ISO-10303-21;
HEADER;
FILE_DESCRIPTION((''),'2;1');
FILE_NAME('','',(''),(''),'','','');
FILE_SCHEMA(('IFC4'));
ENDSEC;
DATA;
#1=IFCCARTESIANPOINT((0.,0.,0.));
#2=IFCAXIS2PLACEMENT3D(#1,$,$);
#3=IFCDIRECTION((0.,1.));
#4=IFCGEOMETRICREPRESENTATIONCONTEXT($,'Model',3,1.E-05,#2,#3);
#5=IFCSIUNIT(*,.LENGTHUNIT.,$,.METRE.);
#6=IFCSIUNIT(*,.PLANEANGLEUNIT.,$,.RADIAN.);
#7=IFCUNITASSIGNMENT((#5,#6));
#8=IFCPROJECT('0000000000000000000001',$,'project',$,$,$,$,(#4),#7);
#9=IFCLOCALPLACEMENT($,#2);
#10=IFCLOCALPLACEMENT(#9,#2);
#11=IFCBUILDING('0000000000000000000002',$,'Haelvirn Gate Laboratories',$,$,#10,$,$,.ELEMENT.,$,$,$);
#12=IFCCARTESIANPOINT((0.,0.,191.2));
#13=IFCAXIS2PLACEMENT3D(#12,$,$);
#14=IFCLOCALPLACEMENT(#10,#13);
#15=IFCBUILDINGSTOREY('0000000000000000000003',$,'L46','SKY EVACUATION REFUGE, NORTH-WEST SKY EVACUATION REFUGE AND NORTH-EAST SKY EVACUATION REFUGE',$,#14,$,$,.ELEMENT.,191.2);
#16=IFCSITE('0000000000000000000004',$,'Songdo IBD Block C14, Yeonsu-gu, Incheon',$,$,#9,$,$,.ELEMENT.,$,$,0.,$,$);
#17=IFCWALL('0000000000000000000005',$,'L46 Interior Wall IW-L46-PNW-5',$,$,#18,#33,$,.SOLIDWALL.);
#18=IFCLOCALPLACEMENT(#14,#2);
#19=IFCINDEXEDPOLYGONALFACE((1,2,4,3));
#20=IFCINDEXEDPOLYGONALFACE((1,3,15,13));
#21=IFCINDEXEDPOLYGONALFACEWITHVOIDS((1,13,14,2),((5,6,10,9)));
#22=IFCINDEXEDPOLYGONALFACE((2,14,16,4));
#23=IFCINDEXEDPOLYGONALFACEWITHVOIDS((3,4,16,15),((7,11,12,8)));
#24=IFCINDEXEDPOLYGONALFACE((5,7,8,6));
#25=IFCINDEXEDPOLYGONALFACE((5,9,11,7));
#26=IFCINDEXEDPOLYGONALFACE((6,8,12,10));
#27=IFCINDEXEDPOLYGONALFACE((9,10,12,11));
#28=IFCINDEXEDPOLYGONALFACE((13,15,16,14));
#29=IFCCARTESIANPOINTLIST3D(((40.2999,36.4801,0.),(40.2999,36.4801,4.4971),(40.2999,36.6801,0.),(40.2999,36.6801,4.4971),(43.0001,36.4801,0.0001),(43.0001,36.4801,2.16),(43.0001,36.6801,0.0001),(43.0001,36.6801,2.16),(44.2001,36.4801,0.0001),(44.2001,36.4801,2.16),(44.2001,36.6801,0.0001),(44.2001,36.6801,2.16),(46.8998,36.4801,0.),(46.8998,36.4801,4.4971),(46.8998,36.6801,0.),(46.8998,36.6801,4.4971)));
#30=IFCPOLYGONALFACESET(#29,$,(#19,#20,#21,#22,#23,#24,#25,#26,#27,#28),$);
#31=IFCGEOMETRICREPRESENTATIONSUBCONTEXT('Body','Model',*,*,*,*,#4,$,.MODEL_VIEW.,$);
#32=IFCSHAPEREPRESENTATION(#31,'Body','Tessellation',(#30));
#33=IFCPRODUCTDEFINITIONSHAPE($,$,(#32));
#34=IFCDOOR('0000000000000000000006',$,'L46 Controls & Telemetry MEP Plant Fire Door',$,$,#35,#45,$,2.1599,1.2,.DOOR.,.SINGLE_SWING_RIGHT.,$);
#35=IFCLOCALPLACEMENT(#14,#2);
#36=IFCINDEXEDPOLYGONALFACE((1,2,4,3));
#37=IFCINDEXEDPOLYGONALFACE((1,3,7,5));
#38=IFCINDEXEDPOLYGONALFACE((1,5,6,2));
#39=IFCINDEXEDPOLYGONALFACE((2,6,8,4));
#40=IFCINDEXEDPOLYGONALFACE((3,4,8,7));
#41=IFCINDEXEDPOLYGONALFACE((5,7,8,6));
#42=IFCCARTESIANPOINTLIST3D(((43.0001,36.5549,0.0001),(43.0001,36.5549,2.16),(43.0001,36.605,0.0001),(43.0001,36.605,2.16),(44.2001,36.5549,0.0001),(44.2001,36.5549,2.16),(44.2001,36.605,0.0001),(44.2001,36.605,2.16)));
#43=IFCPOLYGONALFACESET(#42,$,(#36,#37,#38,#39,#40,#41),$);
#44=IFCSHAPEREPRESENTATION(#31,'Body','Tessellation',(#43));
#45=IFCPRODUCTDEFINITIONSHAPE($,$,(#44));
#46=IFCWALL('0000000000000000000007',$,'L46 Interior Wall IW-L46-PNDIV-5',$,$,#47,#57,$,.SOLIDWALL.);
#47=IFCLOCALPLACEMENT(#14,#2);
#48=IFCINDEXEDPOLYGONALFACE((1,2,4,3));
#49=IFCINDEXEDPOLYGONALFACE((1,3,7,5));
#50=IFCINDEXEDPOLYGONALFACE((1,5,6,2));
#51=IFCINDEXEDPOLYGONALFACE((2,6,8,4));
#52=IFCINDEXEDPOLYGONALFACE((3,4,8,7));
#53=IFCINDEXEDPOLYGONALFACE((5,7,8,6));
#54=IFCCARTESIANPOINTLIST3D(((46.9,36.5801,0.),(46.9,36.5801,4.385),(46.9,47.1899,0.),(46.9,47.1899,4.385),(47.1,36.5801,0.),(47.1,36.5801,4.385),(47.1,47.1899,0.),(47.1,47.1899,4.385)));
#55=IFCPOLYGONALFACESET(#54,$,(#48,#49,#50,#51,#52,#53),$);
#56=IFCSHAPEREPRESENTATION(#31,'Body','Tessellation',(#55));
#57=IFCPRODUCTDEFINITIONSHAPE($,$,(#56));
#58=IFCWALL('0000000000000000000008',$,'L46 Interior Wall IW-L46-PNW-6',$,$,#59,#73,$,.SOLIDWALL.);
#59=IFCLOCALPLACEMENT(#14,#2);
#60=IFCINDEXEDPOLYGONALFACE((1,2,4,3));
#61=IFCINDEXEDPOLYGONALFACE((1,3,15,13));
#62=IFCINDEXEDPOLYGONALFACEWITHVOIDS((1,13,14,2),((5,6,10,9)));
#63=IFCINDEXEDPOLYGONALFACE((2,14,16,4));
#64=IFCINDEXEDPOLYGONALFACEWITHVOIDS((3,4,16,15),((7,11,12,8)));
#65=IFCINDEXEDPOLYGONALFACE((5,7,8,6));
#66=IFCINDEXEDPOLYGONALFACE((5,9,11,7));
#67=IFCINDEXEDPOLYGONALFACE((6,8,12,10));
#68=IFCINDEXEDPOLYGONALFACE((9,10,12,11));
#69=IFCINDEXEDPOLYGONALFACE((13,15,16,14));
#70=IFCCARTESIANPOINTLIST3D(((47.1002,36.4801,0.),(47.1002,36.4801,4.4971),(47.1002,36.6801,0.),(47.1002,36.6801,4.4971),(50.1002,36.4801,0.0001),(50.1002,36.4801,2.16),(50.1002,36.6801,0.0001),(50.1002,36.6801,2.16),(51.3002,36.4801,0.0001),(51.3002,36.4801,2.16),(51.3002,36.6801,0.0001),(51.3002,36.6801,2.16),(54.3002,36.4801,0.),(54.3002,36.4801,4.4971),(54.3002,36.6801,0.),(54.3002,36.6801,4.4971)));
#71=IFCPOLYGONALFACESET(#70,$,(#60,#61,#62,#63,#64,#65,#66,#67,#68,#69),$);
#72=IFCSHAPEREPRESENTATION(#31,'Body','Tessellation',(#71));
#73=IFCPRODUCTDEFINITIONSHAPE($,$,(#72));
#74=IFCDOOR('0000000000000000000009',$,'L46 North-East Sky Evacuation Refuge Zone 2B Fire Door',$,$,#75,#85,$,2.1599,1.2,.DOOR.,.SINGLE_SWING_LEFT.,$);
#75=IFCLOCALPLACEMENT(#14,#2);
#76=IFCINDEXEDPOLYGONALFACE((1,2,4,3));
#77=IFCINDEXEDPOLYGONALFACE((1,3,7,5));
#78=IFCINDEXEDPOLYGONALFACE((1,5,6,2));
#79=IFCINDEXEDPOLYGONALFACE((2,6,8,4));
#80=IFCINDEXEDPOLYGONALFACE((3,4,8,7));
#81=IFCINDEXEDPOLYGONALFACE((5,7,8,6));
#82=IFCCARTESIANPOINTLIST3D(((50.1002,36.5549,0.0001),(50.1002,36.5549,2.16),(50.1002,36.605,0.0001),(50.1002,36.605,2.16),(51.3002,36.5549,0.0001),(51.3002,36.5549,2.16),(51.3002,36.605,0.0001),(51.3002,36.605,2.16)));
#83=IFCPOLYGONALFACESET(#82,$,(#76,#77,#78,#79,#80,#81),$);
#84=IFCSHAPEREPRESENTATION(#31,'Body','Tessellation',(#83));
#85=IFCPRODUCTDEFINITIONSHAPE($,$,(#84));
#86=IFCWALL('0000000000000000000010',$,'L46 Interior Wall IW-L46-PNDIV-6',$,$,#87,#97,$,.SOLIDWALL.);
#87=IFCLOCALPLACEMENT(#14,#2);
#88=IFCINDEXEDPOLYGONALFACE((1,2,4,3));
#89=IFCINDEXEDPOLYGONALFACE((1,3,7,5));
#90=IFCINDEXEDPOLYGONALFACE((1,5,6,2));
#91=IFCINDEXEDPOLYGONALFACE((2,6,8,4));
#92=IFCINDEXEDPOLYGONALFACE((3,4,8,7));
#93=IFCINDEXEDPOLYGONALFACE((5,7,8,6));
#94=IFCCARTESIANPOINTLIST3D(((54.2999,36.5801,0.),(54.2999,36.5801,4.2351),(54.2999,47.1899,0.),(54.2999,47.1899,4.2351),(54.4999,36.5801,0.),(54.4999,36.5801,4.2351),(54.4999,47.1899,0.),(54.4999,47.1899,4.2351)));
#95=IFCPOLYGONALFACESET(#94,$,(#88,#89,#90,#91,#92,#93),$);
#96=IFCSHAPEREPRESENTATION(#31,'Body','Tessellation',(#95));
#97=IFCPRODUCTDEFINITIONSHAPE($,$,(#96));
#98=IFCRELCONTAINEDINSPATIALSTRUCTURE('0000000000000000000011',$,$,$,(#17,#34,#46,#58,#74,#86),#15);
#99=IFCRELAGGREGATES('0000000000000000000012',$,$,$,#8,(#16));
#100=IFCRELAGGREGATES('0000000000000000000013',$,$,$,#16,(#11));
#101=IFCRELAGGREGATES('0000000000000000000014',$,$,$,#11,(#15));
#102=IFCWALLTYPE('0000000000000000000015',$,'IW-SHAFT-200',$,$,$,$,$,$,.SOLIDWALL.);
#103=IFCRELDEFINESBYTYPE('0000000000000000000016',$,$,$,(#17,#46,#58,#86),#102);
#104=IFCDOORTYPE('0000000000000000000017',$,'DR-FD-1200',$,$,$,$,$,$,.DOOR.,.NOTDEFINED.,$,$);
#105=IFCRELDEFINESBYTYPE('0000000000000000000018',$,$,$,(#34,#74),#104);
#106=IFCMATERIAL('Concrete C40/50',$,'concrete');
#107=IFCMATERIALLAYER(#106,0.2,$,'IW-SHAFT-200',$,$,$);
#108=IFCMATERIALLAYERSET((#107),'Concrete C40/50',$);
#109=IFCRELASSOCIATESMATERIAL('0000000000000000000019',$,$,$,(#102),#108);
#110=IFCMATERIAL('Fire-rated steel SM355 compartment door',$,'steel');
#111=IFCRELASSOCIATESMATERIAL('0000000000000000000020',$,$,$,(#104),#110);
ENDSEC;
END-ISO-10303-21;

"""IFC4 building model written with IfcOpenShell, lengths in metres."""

from ifc_helpers import new_model, si_unit, direction, frame, frame_2d, origin, place, context, subcontext, project, spatial, rectangle, extrude, source, transform, mapped, material, layer, layer_set, type_object, type_shapes, element, fill, save


model = new_model("IFC4")

# Units and contexts
model_context = context("Model", 3, precision=1e-05, world=origin(), true_north=direction((0.0, 1.0)))
body_context = subcontext(model_context, "Body", "Model", "MODEL_VIEW")
ifc_project = project(units=[si_unit("LENGTHUNIT", "METRE"), si_unit("PLANEANGLEUNIT", "RADIAN")], contexts=[model_context])

# Site, building, storey
site_placement = place(None, origin())
site = spatial("IfcSite", under=ifc_project, at=site_placement, Name="Songdo IBD Block C14, Yeonsu-gu, Incheon", CompositionType="ELEMENT", RefElevation=0.0)
building_placement = place(site_placement, origin())
building = spatial("IfcBuilding", under=site, at=building_placement, Name="Haelvirn Gate Laboratories", CompositionType="ELEMENT")
storey_placement = place(building_placement, frame((0.0, 0.0, 191.2)))
storey = spatial("IfcBuildingStorey", under=building, at=storey_placement, Name="L46", Description="SKY EVACUATION REFUGE, NORTH-WEST SKY EVACUATION REFUGE AND NORTH-EAST SKY EVACUATION REFUGE", CompositionType="ELEMENT", Elevation=191.2)

# Shared definitions
ifc_material_1 = material(Name="Concrete C40/50", Category="concrete")
ifc_layer_1 = layer(ifc_material_1, 0.2, Name="IW-SHAFT-200")
ifc_layer_set_1 = layer_set([ifc_layer_1], Name="Concrete C40/50")
wall_type_1 = type_object("IfcWallType", Name="IW-SHAFT-200", PredefinedType="SOLIDWALL", material=ifc_layer_set_1)

# Wall, opening, door
wall_1_placement = place(storey_placement, frame((40.3, 36.5801, 0.0), z_axis=(0.0, 0.0, 1.0), x_axis=(1.0, 0.0, 0.0)))
wall_1 = element("IfcWall", 1, at=wall_1_placement, inside=storey, type_object=wall_type_1, Name="L46 Interior Wall IW-L46-PNW-5", PredefinedType="SOLIDWALL", context=body_context, shape_type="SweptSolid", body=[
    extrude(rectangle(XDim=6.5999, YDim=0.2, at=frame_2d((3.2998, 0.0))), origin(), (0.0, 0.0, 1.0), 4.4971),
])
opening_1_placement = place(wall_1_placement, frame((2.7, 0.0, 0.0)))
opening_1 = element("IfcOpeningElement", 2, at=opening_1_placement, cuts=wall_1, PredefinedType="OPENING", context=body_context, shape_type="SweptSolid", body=[
    extrude(rectangle(XDim=1.2, YDim=2.1599, at=frame_2d((0.6001, 1.0801))), frame((0.0, 0.1099, 0.0), z_axis=(0.0, -1.0, 0.0), x_axis=(1.0, 0.0, 0.0)), (0.0, 0.0, 1.0), 0.22),
])
ifc_material_2 = material(Name="Fire-rated steel SM355 compartment door", Category="steel")
door_type_1 = type_object("IfcDoorType", Name="DR-FD-1200", OperationType="NOTDEFINED", PredefinedType="DOOR", material=ifc_material_2)
shared_shape_1 = source(origin(), body_context, "Body", "SweptSolid", [
    extrude(rectangle(XDim=1.2, YDim=2.1599, at=frame_2d((0.6001, 1.0801))), frame((0.0, 0.0249, 0.0), z_axis=(0.0, -1.0, 0.0), x_axis=(1.0, 0.0, 0.0)), (0.0, 0.0, 1.0), 0.05),
])
type_shapes(door_type_1, [shared_shape_1])
door_1_placement = place(opening_1_placement, origin())
door_1 = element("IfcDoor", 3, at=door_1_placement, inside=storey, type_object=door_type_1, Name="L46 Controls & Telemetry MEP Plant Fire Door", OperationType="SINGLE_SWING_RIGHT", OverallHeight=2.1599, OverallWidth=1.2, PredefinedType="DOOR", context=body_context, shape_type="MappedRepresentation", body=[
    mapped(shared_shape_1, transform((0.0, 0.0, 0.0), scale=1.0)),
])
fill(opening_1, door_1)

# Wall
wall_2_placement = place(storey_placement, frame((47.0, 36.5801, 0.0), z_axis=(0.0, 0.0, 1.0), x_axis=(0.0, 1.0, 0.0)))
element("IfcWall", 4, at=wall_2_placement, inside=storey, type_object=wall_type_1, Name="L46 Interior Wall IW-L46-PNDIV-5", PredefinedType="SOLIDWALL", context=body_context, shape_type="SweptSolid", body=[
    extrude(rectangle(XDim=10.6099, YDim=0.2, at=frame_2d((5.3049, 0.0))), origin(), (0.0, 0.0, 1.0), 4.385),
])

# Wall, opening, door
wall_3_placement = place(storey_placement, frame((47.1001, 36.5801, 0.0), z_axis=(0.0, 0.0, 1.0), x_axis=(1.0, 0.0, 0.0)))
wall_3 = element("IfcWall", 5, at=wall_3_placement, inside=storey, type_object=wall_type_1, Name="L46 Interior Wall IW-L46-PNW-6", PredefinedType="SOLIDWALL", context=body_context, shape_type="SweptSolid", body=[
    extrude(rectangle(XDim=7.2, YDim=0.2, at=frame_2d((3.6001, 0.0))), origin(), (0.0, 0.0, 1.0), 4.4971),
])
opening_2_placement = place(wall_3_placement, frame((3.0, 0.0, 0.0)))
opening_2 = element("IfcOpeningElement", 6, at=opening_2_placement, cuts=wall_3, PredefinedType="OPENING", context=body_context, shape_type="SweptSolid", body=[
    extrude(rectangle(XDim=1.2, YDim=2.1599, at=frame_2d((0.6001, 1.0801))), frame((0.0, 0.1099, 0.0), z_axis=(0.0, -1.0, 0.0), x_axis=(1.0, 0.0, 0.0)), (0.0, 0.0, 1.0), 0.22),
])
door_2_placement = place(opening_2_placement, origin())
door_2 = element("IfcDoor", 7, at=door_2_placement, inside=storey, type_object=door_type_1, Name="L46 North-East Sky Evacuation Refuge Zone 2B Fire Door", OperationType="SINGLE_SWING_LEFT", OverallHeight=2.1599, OverallWidth=1.2, PredefinedType="DOOR", context=body_context, shape_type="MappedRepresentation", body=[
    mapped(shared_shape_1, transform((0.0, 0.0, 0.0), scale=1.0)),
])
fill(opening_2, door_2)

# Wall
wall_4_placement = place(storey_placement, frame((54.3999, 36.5801, 0.0), z_axis=(0.0, 0.0, 1.0), x_axis=(0.0, 1.0, 0.0)))
element("IfcWall", 8, at=wall_4_placement, inside=storey, type_object=wall_type_1, Name="L46 Interior Wall IW-L46-PNDIV-6", PredefinedType="SOLIDWALL", context=body_context, shape_type="SweptSolid", body=[
    extrude(rectangle(XDim=10.6099, YDim=0.2, at=frame_2d((5.3049, 0.0))), origin(), (0.0, 0.0, 1.0), 4.2351),
])

save(model, "model.ifc")
